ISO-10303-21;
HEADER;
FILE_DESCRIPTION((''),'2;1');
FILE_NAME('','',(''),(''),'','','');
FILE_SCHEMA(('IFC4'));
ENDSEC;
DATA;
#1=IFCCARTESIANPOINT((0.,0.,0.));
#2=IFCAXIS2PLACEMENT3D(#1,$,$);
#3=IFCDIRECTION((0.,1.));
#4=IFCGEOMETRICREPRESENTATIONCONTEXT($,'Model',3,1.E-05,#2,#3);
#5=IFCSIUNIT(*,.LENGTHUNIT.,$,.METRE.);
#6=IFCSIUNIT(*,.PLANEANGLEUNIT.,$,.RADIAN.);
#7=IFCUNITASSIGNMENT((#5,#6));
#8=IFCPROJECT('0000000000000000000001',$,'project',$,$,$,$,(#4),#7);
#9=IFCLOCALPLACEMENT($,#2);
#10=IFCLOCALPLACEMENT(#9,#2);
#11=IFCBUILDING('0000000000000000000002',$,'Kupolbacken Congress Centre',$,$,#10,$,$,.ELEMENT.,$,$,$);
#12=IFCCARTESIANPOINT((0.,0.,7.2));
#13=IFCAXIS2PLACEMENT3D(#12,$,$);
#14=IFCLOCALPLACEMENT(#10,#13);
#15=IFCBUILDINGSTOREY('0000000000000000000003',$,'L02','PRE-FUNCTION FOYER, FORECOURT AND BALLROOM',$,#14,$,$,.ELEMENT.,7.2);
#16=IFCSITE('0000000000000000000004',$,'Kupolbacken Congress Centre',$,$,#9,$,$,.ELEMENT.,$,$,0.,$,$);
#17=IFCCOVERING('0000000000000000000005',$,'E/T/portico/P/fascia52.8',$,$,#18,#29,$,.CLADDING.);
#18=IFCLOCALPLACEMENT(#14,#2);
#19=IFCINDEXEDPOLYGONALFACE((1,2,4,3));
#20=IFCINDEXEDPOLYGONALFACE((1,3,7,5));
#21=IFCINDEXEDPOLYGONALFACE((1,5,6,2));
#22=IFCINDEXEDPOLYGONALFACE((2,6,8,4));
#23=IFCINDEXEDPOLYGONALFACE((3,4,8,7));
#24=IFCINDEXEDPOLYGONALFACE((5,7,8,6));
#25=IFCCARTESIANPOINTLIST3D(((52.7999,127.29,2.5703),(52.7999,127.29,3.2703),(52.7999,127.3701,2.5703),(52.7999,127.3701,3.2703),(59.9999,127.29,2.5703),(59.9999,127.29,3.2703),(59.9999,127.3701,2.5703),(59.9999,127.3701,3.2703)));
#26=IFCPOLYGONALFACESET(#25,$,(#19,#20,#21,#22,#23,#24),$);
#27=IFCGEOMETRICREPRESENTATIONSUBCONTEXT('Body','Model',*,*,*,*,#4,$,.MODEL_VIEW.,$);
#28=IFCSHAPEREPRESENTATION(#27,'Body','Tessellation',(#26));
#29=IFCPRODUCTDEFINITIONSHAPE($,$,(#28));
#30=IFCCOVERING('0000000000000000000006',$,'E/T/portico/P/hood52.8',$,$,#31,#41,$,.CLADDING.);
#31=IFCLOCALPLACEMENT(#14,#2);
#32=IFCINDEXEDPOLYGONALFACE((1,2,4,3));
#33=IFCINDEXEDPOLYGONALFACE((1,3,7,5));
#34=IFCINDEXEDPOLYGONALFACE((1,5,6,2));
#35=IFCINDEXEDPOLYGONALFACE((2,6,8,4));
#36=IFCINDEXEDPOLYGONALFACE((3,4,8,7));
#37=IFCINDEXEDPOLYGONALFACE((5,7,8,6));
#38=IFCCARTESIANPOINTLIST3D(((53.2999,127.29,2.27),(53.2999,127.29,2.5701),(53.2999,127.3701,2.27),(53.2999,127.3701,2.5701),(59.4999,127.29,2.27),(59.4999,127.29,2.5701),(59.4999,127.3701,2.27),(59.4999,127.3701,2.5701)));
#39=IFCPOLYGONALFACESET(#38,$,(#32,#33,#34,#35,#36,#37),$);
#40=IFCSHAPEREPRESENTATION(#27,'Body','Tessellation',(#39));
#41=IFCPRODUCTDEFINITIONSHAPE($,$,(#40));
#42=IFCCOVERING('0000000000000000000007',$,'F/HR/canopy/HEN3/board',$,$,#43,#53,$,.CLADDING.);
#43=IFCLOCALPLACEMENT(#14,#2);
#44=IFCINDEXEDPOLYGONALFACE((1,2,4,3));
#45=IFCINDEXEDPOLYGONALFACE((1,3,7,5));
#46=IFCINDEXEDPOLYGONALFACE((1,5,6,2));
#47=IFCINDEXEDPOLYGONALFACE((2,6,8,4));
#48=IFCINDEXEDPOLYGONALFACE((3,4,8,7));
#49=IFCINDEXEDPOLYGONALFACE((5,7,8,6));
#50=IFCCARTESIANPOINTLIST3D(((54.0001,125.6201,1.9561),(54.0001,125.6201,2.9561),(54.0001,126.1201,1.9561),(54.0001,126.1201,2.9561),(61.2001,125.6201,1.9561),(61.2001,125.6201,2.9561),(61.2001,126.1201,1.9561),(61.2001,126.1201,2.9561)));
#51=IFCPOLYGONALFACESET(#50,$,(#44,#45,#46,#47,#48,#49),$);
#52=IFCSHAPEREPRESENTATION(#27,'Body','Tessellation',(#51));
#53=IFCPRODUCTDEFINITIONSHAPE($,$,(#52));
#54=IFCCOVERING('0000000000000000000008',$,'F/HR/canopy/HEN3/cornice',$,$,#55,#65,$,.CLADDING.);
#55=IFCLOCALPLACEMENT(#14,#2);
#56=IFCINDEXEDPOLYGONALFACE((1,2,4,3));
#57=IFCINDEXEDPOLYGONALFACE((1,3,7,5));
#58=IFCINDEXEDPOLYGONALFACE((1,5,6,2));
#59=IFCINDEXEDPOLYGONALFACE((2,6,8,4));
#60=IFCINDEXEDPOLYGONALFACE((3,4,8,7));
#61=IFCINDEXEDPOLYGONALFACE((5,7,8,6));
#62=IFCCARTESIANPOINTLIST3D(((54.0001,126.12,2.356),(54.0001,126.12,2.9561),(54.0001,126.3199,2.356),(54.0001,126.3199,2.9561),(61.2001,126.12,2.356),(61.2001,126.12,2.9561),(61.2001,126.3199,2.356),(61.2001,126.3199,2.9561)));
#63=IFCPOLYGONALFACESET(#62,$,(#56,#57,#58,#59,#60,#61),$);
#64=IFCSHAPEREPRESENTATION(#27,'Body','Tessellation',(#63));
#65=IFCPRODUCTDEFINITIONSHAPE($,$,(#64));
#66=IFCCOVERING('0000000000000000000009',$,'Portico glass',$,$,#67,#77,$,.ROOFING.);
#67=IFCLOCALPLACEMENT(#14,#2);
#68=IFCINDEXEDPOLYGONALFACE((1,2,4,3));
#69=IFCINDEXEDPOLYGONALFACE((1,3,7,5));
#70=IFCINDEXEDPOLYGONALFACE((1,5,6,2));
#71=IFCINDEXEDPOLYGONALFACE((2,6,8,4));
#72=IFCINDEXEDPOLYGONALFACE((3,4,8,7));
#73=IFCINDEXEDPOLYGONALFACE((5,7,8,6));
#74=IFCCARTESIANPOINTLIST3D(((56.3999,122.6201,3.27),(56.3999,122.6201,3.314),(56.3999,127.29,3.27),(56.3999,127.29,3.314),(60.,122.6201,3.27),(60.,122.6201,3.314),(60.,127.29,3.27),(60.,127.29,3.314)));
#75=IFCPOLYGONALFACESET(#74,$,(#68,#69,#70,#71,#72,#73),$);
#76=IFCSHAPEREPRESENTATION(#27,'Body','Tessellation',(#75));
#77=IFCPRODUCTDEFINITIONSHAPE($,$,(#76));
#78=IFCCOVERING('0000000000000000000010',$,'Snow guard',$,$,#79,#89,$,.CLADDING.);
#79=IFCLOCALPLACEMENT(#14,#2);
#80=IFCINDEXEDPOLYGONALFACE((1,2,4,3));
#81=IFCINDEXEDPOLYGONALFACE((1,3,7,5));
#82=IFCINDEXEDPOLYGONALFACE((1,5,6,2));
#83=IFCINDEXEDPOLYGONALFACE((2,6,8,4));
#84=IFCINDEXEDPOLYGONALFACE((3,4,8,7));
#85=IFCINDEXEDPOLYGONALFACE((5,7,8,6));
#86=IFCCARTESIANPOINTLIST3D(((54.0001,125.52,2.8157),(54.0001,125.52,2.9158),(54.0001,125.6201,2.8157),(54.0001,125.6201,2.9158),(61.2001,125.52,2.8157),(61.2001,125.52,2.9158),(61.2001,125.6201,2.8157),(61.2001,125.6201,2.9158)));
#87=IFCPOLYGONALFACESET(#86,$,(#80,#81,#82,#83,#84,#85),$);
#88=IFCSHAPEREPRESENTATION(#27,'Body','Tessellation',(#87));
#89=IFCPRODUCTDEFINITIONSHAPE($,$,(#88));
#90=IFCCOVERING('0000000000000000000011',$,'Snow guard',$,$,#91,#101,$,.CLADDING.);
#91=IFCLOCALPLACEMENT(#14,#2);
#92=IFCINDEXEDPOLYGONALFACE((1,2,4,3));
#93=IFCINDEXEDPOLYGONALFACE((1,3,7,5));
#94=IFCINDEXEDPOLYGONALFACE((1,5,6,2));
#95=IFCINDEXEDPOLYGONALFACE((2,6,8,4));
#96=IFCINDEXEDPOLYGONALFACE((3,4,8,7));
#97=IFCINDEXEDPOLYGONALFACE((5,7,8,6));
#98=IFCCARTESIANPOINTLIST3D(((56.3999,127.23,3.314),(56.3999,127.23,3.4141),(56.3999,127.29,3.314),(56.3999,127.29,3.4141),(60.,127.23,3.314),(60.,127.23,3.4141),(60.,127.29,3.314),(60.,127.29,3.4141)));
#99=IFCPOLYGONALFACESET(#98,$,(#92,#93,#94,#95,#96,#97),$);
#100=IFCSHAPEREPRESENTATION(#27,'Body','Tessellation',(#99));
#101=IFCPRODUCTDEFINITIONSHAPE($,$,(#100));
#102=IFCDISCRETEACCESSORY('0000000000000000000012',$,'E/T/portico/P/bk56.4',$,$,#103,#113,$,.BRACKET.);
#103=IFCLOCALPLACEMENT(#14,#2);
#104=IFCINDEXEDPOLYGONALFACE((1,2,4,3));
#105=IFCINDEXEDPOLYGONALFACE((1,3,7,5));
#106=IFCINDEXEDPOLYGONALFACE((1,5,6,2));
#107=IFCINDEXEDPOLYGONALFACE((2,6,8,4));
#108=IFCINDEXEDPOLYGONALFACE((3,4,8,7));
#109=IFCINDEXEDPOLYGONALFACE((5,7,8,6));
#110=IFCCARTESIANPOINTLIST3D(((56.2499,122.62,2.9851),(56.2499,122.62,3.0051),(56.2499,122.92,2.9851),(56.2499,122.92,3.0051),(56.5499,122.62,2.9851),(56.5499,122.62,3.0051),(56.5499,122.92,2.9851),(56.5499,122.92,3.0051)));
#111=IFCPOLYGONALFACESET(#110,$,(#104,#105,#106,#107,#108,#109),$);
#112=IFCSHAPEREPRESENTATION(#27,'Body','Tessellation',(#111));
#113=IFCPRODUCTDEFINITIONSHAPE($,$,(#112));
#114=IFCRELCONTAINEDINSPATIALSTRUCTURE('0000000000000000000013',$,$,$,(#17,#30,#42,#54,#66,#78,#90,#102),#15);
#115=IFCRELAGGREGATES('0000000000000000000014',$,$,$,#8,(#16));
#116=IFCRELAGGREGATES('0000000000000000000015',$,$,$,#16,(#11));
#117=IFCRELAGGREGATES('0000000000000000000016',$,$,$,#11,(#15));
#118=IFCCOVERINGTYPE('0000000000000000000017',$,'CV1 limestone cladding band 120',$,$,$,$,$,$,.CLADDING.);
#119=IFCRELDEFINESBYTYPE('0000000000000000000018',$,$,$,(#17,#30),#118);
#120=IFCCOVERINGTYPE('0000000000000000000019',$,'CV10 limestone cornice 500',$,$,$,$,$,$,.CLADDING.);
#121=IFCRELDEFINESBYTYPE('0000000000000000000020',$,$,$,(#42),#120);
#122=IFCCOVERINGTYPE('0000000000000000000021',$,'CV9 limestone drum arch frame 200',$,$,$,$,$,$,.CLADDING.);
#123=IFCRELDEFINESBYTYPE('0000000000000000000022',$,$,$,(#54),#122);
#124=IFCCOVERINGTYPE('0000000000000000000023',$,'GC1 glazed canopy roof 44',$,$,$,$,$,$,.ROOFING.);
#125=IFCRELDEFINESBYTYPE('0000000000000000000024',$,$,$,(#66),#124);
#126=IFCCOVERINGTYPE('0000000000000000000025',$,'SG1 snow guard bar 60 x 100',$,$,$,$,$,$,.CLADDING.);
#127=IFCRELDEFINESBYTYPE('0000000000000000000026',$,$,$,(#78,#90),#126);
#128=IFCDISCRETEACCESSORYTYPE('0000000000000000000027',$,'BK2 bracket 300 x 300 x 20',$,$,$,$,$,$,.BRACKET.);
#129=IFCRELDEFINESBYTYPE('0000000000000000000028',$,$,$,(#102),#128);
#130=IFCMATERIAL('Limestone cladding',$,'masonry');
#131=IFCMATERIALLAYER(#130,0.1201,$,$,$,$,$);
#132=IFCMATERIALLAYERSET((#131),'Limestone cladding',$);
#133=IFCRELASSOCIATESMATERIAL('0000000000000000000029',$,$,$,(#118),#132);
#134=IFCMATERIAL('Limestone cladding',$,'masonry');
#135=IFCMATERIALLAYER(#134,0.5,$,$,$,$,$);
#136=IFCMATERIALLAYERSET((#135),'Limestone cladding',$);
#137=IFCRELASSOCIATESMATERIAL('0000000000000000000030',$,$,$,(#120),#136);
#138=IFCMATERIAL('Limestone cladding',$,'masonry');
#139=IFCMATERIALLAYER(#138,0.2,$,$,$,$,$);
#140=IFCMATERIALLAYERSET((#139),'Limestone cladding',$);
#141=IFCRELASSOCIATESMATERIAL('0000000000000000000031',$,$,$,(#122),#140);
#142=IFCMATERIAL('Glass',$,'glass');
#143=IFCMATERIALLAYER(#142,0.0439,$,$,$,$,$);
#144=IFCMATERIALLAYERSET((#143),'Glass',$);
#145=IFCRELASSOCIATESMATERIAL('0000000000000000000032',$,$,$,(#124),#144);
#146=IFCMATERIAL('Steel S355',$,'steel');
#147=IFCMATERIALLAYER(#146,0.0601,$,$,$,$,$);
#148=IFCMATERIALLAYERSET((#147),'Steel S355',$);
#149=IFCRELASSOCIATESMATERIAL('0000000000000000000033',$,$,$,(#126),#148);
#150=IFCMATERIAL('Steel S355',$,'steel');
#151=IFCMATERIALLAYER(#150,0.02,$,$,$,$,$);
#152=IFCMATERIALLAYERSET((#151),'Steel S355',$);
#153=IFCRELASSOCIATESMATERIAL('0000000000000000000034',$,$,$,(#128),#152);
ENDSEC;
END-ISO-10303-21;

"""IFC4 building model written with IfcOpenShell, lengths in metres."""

from ifc_helpers import new_model, si_unit, direction, frame, origin, origin_2d, place, context, subcontext, project, spatial, rectangle, extrude, material, layer, layer_set, type_object, element, save


model = new_model("IFC4")

# Units and contexts
model_context = context("Model", 3, precision=1e-05, world=origin(), true_north=direction((0.0, 1.0)))
body_context = subcontext(model_context, "Body", "Model", "MODEL_VIEW")
ifc_project = project(units=[si_unit("LENGTHUNIT", "METRE"), si_unit("PLANEANGLEUNIT", "RADIAN")], contexts=[model_context])

# Site, building, storey
site_placement = place(None, origin())
site = spatial("IfcSite", under=ifc_project, at=site_placement, Name="Kupolbacken Congress Centre", CompositionType="ELEMENT", RefElevation=0.0)
building_placement = place(site_placement, origin())
building = spatial("IfcBuilding", under=site, at=building_placement, Name="Kupolbacken Congress Centre", CompositionType="ELEMENT")
storey_placement = place(building_placement, frame((0.0, 0.0, 7.2)))
storey = spatial("IfcBuildingStorey", under=building, at=storey_placement, Name="L02", Description="PRE-FUNCTION FOYER, FORECOURT AND BALLROOM", CompositionType="ELEMENT", Elevation=7.2)

# Coverings
ifc_material_1 = material(Name="Limestone cladding", Category="masonry")
ifc_layer_1 = layer(ifc_material_1, 0.1201)
ifc_layer_set_1 = layer_set([ifc_layer_1], Name="Limestone cladding")
covering_type_1 = type_object("IfcCoveringType", Name="CV1 limestone cladding band 120", PredefinedType="CLADDING", material=ifc_layer_set_1)
covering_1_placement = place(storey_placement, frame((56.3999, 127.3301, 2.5703), z_axis=(0.0, 0.0, 1.0), x_axis=(1.0, 0.0, 0.0)))
element("IfcCovering", 1, at=covering_1_placement, inside=storey, type_object=covering_type_1, Name="E/T/portico/P/fascia52.8", PredefinedType="CLADDING", context=body_context, shape_type="SweptSolid", body=[
    extrude(rectangle(XDim=7.2, YDim=0.0801, at=origin_2d()), origin(), (0.0, 0.0, 1.0), 0.7),
])
covering_2_placement = place(storey_placement, frame((56.3999, 127.3301, 2.27), z_axis=(0.0, 0.0, 1.0), x_axis=(1.0, 0.0, 0.0)))
element("IfcCovering", 2, at=covering_2_placement, inside=storey, type_object=covering_type_1, Name="E/T/portico/P/hood52.8", PredefinedType="CLADDING", context=body_context, shape_type="SweptSolid", body=[
    extrude(rectangle(XDim=6.2, YDim=0.0801, at=origin_2d()), origin(), (0.0, 0.0, 1.0), 0.3),
])
ifc_material_2 = material(Name="Limestone cladding", Category="masonry")
ifc_layer_2 = layer(ifc_material_2, 0.5)
ifc_layer_set_2 = layer_set([ifc_layer_2], Name="Limestone cladding")
covering_type_2 = type_object("IfcCoveringType", Name="CV10 limestone cornice 500", PredefinedType="CLADDING", material=ifc_layer_set_2)
covering_3_placement = place(storey_placement, frame((57.6001, 125.8701, 1.9561), z_axis=(0.0, 0.0, 1.0), x_axis=(-1.0, 0.0, 0.0)))
element("IfcCovering", 3, at=covering_3_placement, inside=storey, type_object=covering_type_2, Name="F/HR/canopy/HEN3/board", PredefinedType="CLADDING", context=body_context, shape_type="SweptSolid", body=[
    extrude(rectangle(XDim=7.2, YDim=0.5, at=origin_2d()), origin(), (0.0, 0.0, 1.0), 1.0),
])
ifc_material_3 = material(Name="Limestone cladding", Category="masonry")
ifc_layer_3 = layer(ifc_material_3, 0.2)
ifc_layer_set_3 = layer_set([ifc_layer_3], Name="Limestone cladding")
covering_type_3 = type_object("IfcCoveringType", Name="CV9 limestone drum arch frame 200", PredefinedType="CLADDING", material=ifc_layer_set_3)
covering_4_placement = place(storey_placement, frame((57.6001, 126.22, 2.356), z_axis=(0.0, 0.0, 1.0), x_axis=(-1.0, 0.0, 0.0)))
element("IfcCovering", 4, at=covering_4_placement, inside=storey, type_object=covering_type_3, Name="F/HR/canopy/HEN3/cornice", PredefinedType="CLADDING", context=body_context, shape_type="SweptSolid", body=[
    extrude(rectangle(XDim=7.2, YDim=0.2, at=origin_2d()), origin(), (0.0, 0.0, 1.0), 0.6001),
])
ifc_material_4 = material(Name="Glass", Category="glass")
ifc_layer_4 = layer(ifc_material_4, 0.0439)
ifc_layer_set_4 = layer_set([ifc_layer_4], Name="Glass")
covering_type_4 = type_object("IfcCoveringType", Name="GC1 glazed canopy roof 44", PredefinedType="ROOFING", material=ifc_layer_set_4)
covering_5_placement = place(storey_placement, frame((58.2, 124.9551, 3.27), z_axis=(0.0, 0.0, 1.0), x_axis=(1.0, 0.0, 0.0)))
element("IfcCovering", 5, at=covering_5_placement, inside=storey, type_object=covering_type_4, Name="Portico glass", PredefinedType="ROOFING", context=body_context, shape_type="SweptSolid", body=[
    extrude(rectangle(XDim=3.6001, YDim=4.6699, at=origin_2d()), origin(), (0.0, 0.0, 1.0), 0.0439),
])
ifc_material_5 = material(Name="Steel S355", Category="steel")
ifc_layer_5 = layer(ifc_material_5, 0.0601)
ifc_layer_set_5 = layer_set([ifc_layer_5], Name="Steel S355")
covering_type_5 = type_object("IfcCoveringType", Name="SG1 snow guard bar 60 x 100", PredefinedType="CLADDING", material=ifc_layer_set_5)
covering_6_placement = place(storey_placement, frame((57.6001, 125.5701, 2.8157), z_axis=(0.0, 0.0, 1.0), x_axis=(-1.0, 0.0, 0.0)))
element("IfcCovering", 6, at=covering_6_placement, inside=storey, type_object=covering_type_5, Name="Snow guard", PredefinedType="CLADDING", context=body_context, shape_type="SweptSolid", body=[
    extrude(rectangle(XDim=7.2, YDim=0.1001, at=origin_2d()), origin(), (0.0, 0.0, 1.0), 0.1001),
])
covering_7_placement = place(storey_placement, frame((58.2, 127.26, 3.314), z_axis=(0.0, 0.0, 1.0), x_axis=(1.0, 0.0, 0.0)))
element("IfcCovering", 7, at=covering_7_placement, inside=storey, type_object=covering_type_5, Name="Snow guard", PredefinedType="CLADDING", context=body_context, shape_type="SweptSolid", body=[
    extrude(rectangle(XDim=3.6001, YDim=0.0601, at=origin_2d()), origin(), (0.0, 0.0, 1.0), 0.1001),
])

# Discrete accessory
ifc_material_6 = material(Name="Steel S355", Category="steel")
ifc_layer_6 = layer(ifc_material_6, 0.02)
ifc_layer_set_6 = layer_set([ifc_layer_6], Name="Steel S355")
discrete_accessory_type = type_object("IfcDiscreteAccessoryType", Name="BK2 bracket 300 x 300 x 20", PredefinedType="BRACKET", material=ifc_layer_set_6)
discrete_accessory_placement = place(storey_placement, frame((56.3999, 122.77, 2.9851), z_axis=(0.0, 0.0, 1.0), x_axis=(1.0, 0.0, 0.0)))
element("IfcDiscreteAccessory", 8, at=discrete_accessory_placement, inside=storey, type_object=discrete_accessory_type, Name="E/T/portico/P/bk56.4", PredefinedType="BRACKET", context=body_context, shape_type="SweptSolid", body=[
    extrude(rectangle(XDim=0.3, YDim=0.3, at=origin_2d()), origin(), (0.0, 0.0, 1.0), 0.02),
])

save(model, "model.ifc")
